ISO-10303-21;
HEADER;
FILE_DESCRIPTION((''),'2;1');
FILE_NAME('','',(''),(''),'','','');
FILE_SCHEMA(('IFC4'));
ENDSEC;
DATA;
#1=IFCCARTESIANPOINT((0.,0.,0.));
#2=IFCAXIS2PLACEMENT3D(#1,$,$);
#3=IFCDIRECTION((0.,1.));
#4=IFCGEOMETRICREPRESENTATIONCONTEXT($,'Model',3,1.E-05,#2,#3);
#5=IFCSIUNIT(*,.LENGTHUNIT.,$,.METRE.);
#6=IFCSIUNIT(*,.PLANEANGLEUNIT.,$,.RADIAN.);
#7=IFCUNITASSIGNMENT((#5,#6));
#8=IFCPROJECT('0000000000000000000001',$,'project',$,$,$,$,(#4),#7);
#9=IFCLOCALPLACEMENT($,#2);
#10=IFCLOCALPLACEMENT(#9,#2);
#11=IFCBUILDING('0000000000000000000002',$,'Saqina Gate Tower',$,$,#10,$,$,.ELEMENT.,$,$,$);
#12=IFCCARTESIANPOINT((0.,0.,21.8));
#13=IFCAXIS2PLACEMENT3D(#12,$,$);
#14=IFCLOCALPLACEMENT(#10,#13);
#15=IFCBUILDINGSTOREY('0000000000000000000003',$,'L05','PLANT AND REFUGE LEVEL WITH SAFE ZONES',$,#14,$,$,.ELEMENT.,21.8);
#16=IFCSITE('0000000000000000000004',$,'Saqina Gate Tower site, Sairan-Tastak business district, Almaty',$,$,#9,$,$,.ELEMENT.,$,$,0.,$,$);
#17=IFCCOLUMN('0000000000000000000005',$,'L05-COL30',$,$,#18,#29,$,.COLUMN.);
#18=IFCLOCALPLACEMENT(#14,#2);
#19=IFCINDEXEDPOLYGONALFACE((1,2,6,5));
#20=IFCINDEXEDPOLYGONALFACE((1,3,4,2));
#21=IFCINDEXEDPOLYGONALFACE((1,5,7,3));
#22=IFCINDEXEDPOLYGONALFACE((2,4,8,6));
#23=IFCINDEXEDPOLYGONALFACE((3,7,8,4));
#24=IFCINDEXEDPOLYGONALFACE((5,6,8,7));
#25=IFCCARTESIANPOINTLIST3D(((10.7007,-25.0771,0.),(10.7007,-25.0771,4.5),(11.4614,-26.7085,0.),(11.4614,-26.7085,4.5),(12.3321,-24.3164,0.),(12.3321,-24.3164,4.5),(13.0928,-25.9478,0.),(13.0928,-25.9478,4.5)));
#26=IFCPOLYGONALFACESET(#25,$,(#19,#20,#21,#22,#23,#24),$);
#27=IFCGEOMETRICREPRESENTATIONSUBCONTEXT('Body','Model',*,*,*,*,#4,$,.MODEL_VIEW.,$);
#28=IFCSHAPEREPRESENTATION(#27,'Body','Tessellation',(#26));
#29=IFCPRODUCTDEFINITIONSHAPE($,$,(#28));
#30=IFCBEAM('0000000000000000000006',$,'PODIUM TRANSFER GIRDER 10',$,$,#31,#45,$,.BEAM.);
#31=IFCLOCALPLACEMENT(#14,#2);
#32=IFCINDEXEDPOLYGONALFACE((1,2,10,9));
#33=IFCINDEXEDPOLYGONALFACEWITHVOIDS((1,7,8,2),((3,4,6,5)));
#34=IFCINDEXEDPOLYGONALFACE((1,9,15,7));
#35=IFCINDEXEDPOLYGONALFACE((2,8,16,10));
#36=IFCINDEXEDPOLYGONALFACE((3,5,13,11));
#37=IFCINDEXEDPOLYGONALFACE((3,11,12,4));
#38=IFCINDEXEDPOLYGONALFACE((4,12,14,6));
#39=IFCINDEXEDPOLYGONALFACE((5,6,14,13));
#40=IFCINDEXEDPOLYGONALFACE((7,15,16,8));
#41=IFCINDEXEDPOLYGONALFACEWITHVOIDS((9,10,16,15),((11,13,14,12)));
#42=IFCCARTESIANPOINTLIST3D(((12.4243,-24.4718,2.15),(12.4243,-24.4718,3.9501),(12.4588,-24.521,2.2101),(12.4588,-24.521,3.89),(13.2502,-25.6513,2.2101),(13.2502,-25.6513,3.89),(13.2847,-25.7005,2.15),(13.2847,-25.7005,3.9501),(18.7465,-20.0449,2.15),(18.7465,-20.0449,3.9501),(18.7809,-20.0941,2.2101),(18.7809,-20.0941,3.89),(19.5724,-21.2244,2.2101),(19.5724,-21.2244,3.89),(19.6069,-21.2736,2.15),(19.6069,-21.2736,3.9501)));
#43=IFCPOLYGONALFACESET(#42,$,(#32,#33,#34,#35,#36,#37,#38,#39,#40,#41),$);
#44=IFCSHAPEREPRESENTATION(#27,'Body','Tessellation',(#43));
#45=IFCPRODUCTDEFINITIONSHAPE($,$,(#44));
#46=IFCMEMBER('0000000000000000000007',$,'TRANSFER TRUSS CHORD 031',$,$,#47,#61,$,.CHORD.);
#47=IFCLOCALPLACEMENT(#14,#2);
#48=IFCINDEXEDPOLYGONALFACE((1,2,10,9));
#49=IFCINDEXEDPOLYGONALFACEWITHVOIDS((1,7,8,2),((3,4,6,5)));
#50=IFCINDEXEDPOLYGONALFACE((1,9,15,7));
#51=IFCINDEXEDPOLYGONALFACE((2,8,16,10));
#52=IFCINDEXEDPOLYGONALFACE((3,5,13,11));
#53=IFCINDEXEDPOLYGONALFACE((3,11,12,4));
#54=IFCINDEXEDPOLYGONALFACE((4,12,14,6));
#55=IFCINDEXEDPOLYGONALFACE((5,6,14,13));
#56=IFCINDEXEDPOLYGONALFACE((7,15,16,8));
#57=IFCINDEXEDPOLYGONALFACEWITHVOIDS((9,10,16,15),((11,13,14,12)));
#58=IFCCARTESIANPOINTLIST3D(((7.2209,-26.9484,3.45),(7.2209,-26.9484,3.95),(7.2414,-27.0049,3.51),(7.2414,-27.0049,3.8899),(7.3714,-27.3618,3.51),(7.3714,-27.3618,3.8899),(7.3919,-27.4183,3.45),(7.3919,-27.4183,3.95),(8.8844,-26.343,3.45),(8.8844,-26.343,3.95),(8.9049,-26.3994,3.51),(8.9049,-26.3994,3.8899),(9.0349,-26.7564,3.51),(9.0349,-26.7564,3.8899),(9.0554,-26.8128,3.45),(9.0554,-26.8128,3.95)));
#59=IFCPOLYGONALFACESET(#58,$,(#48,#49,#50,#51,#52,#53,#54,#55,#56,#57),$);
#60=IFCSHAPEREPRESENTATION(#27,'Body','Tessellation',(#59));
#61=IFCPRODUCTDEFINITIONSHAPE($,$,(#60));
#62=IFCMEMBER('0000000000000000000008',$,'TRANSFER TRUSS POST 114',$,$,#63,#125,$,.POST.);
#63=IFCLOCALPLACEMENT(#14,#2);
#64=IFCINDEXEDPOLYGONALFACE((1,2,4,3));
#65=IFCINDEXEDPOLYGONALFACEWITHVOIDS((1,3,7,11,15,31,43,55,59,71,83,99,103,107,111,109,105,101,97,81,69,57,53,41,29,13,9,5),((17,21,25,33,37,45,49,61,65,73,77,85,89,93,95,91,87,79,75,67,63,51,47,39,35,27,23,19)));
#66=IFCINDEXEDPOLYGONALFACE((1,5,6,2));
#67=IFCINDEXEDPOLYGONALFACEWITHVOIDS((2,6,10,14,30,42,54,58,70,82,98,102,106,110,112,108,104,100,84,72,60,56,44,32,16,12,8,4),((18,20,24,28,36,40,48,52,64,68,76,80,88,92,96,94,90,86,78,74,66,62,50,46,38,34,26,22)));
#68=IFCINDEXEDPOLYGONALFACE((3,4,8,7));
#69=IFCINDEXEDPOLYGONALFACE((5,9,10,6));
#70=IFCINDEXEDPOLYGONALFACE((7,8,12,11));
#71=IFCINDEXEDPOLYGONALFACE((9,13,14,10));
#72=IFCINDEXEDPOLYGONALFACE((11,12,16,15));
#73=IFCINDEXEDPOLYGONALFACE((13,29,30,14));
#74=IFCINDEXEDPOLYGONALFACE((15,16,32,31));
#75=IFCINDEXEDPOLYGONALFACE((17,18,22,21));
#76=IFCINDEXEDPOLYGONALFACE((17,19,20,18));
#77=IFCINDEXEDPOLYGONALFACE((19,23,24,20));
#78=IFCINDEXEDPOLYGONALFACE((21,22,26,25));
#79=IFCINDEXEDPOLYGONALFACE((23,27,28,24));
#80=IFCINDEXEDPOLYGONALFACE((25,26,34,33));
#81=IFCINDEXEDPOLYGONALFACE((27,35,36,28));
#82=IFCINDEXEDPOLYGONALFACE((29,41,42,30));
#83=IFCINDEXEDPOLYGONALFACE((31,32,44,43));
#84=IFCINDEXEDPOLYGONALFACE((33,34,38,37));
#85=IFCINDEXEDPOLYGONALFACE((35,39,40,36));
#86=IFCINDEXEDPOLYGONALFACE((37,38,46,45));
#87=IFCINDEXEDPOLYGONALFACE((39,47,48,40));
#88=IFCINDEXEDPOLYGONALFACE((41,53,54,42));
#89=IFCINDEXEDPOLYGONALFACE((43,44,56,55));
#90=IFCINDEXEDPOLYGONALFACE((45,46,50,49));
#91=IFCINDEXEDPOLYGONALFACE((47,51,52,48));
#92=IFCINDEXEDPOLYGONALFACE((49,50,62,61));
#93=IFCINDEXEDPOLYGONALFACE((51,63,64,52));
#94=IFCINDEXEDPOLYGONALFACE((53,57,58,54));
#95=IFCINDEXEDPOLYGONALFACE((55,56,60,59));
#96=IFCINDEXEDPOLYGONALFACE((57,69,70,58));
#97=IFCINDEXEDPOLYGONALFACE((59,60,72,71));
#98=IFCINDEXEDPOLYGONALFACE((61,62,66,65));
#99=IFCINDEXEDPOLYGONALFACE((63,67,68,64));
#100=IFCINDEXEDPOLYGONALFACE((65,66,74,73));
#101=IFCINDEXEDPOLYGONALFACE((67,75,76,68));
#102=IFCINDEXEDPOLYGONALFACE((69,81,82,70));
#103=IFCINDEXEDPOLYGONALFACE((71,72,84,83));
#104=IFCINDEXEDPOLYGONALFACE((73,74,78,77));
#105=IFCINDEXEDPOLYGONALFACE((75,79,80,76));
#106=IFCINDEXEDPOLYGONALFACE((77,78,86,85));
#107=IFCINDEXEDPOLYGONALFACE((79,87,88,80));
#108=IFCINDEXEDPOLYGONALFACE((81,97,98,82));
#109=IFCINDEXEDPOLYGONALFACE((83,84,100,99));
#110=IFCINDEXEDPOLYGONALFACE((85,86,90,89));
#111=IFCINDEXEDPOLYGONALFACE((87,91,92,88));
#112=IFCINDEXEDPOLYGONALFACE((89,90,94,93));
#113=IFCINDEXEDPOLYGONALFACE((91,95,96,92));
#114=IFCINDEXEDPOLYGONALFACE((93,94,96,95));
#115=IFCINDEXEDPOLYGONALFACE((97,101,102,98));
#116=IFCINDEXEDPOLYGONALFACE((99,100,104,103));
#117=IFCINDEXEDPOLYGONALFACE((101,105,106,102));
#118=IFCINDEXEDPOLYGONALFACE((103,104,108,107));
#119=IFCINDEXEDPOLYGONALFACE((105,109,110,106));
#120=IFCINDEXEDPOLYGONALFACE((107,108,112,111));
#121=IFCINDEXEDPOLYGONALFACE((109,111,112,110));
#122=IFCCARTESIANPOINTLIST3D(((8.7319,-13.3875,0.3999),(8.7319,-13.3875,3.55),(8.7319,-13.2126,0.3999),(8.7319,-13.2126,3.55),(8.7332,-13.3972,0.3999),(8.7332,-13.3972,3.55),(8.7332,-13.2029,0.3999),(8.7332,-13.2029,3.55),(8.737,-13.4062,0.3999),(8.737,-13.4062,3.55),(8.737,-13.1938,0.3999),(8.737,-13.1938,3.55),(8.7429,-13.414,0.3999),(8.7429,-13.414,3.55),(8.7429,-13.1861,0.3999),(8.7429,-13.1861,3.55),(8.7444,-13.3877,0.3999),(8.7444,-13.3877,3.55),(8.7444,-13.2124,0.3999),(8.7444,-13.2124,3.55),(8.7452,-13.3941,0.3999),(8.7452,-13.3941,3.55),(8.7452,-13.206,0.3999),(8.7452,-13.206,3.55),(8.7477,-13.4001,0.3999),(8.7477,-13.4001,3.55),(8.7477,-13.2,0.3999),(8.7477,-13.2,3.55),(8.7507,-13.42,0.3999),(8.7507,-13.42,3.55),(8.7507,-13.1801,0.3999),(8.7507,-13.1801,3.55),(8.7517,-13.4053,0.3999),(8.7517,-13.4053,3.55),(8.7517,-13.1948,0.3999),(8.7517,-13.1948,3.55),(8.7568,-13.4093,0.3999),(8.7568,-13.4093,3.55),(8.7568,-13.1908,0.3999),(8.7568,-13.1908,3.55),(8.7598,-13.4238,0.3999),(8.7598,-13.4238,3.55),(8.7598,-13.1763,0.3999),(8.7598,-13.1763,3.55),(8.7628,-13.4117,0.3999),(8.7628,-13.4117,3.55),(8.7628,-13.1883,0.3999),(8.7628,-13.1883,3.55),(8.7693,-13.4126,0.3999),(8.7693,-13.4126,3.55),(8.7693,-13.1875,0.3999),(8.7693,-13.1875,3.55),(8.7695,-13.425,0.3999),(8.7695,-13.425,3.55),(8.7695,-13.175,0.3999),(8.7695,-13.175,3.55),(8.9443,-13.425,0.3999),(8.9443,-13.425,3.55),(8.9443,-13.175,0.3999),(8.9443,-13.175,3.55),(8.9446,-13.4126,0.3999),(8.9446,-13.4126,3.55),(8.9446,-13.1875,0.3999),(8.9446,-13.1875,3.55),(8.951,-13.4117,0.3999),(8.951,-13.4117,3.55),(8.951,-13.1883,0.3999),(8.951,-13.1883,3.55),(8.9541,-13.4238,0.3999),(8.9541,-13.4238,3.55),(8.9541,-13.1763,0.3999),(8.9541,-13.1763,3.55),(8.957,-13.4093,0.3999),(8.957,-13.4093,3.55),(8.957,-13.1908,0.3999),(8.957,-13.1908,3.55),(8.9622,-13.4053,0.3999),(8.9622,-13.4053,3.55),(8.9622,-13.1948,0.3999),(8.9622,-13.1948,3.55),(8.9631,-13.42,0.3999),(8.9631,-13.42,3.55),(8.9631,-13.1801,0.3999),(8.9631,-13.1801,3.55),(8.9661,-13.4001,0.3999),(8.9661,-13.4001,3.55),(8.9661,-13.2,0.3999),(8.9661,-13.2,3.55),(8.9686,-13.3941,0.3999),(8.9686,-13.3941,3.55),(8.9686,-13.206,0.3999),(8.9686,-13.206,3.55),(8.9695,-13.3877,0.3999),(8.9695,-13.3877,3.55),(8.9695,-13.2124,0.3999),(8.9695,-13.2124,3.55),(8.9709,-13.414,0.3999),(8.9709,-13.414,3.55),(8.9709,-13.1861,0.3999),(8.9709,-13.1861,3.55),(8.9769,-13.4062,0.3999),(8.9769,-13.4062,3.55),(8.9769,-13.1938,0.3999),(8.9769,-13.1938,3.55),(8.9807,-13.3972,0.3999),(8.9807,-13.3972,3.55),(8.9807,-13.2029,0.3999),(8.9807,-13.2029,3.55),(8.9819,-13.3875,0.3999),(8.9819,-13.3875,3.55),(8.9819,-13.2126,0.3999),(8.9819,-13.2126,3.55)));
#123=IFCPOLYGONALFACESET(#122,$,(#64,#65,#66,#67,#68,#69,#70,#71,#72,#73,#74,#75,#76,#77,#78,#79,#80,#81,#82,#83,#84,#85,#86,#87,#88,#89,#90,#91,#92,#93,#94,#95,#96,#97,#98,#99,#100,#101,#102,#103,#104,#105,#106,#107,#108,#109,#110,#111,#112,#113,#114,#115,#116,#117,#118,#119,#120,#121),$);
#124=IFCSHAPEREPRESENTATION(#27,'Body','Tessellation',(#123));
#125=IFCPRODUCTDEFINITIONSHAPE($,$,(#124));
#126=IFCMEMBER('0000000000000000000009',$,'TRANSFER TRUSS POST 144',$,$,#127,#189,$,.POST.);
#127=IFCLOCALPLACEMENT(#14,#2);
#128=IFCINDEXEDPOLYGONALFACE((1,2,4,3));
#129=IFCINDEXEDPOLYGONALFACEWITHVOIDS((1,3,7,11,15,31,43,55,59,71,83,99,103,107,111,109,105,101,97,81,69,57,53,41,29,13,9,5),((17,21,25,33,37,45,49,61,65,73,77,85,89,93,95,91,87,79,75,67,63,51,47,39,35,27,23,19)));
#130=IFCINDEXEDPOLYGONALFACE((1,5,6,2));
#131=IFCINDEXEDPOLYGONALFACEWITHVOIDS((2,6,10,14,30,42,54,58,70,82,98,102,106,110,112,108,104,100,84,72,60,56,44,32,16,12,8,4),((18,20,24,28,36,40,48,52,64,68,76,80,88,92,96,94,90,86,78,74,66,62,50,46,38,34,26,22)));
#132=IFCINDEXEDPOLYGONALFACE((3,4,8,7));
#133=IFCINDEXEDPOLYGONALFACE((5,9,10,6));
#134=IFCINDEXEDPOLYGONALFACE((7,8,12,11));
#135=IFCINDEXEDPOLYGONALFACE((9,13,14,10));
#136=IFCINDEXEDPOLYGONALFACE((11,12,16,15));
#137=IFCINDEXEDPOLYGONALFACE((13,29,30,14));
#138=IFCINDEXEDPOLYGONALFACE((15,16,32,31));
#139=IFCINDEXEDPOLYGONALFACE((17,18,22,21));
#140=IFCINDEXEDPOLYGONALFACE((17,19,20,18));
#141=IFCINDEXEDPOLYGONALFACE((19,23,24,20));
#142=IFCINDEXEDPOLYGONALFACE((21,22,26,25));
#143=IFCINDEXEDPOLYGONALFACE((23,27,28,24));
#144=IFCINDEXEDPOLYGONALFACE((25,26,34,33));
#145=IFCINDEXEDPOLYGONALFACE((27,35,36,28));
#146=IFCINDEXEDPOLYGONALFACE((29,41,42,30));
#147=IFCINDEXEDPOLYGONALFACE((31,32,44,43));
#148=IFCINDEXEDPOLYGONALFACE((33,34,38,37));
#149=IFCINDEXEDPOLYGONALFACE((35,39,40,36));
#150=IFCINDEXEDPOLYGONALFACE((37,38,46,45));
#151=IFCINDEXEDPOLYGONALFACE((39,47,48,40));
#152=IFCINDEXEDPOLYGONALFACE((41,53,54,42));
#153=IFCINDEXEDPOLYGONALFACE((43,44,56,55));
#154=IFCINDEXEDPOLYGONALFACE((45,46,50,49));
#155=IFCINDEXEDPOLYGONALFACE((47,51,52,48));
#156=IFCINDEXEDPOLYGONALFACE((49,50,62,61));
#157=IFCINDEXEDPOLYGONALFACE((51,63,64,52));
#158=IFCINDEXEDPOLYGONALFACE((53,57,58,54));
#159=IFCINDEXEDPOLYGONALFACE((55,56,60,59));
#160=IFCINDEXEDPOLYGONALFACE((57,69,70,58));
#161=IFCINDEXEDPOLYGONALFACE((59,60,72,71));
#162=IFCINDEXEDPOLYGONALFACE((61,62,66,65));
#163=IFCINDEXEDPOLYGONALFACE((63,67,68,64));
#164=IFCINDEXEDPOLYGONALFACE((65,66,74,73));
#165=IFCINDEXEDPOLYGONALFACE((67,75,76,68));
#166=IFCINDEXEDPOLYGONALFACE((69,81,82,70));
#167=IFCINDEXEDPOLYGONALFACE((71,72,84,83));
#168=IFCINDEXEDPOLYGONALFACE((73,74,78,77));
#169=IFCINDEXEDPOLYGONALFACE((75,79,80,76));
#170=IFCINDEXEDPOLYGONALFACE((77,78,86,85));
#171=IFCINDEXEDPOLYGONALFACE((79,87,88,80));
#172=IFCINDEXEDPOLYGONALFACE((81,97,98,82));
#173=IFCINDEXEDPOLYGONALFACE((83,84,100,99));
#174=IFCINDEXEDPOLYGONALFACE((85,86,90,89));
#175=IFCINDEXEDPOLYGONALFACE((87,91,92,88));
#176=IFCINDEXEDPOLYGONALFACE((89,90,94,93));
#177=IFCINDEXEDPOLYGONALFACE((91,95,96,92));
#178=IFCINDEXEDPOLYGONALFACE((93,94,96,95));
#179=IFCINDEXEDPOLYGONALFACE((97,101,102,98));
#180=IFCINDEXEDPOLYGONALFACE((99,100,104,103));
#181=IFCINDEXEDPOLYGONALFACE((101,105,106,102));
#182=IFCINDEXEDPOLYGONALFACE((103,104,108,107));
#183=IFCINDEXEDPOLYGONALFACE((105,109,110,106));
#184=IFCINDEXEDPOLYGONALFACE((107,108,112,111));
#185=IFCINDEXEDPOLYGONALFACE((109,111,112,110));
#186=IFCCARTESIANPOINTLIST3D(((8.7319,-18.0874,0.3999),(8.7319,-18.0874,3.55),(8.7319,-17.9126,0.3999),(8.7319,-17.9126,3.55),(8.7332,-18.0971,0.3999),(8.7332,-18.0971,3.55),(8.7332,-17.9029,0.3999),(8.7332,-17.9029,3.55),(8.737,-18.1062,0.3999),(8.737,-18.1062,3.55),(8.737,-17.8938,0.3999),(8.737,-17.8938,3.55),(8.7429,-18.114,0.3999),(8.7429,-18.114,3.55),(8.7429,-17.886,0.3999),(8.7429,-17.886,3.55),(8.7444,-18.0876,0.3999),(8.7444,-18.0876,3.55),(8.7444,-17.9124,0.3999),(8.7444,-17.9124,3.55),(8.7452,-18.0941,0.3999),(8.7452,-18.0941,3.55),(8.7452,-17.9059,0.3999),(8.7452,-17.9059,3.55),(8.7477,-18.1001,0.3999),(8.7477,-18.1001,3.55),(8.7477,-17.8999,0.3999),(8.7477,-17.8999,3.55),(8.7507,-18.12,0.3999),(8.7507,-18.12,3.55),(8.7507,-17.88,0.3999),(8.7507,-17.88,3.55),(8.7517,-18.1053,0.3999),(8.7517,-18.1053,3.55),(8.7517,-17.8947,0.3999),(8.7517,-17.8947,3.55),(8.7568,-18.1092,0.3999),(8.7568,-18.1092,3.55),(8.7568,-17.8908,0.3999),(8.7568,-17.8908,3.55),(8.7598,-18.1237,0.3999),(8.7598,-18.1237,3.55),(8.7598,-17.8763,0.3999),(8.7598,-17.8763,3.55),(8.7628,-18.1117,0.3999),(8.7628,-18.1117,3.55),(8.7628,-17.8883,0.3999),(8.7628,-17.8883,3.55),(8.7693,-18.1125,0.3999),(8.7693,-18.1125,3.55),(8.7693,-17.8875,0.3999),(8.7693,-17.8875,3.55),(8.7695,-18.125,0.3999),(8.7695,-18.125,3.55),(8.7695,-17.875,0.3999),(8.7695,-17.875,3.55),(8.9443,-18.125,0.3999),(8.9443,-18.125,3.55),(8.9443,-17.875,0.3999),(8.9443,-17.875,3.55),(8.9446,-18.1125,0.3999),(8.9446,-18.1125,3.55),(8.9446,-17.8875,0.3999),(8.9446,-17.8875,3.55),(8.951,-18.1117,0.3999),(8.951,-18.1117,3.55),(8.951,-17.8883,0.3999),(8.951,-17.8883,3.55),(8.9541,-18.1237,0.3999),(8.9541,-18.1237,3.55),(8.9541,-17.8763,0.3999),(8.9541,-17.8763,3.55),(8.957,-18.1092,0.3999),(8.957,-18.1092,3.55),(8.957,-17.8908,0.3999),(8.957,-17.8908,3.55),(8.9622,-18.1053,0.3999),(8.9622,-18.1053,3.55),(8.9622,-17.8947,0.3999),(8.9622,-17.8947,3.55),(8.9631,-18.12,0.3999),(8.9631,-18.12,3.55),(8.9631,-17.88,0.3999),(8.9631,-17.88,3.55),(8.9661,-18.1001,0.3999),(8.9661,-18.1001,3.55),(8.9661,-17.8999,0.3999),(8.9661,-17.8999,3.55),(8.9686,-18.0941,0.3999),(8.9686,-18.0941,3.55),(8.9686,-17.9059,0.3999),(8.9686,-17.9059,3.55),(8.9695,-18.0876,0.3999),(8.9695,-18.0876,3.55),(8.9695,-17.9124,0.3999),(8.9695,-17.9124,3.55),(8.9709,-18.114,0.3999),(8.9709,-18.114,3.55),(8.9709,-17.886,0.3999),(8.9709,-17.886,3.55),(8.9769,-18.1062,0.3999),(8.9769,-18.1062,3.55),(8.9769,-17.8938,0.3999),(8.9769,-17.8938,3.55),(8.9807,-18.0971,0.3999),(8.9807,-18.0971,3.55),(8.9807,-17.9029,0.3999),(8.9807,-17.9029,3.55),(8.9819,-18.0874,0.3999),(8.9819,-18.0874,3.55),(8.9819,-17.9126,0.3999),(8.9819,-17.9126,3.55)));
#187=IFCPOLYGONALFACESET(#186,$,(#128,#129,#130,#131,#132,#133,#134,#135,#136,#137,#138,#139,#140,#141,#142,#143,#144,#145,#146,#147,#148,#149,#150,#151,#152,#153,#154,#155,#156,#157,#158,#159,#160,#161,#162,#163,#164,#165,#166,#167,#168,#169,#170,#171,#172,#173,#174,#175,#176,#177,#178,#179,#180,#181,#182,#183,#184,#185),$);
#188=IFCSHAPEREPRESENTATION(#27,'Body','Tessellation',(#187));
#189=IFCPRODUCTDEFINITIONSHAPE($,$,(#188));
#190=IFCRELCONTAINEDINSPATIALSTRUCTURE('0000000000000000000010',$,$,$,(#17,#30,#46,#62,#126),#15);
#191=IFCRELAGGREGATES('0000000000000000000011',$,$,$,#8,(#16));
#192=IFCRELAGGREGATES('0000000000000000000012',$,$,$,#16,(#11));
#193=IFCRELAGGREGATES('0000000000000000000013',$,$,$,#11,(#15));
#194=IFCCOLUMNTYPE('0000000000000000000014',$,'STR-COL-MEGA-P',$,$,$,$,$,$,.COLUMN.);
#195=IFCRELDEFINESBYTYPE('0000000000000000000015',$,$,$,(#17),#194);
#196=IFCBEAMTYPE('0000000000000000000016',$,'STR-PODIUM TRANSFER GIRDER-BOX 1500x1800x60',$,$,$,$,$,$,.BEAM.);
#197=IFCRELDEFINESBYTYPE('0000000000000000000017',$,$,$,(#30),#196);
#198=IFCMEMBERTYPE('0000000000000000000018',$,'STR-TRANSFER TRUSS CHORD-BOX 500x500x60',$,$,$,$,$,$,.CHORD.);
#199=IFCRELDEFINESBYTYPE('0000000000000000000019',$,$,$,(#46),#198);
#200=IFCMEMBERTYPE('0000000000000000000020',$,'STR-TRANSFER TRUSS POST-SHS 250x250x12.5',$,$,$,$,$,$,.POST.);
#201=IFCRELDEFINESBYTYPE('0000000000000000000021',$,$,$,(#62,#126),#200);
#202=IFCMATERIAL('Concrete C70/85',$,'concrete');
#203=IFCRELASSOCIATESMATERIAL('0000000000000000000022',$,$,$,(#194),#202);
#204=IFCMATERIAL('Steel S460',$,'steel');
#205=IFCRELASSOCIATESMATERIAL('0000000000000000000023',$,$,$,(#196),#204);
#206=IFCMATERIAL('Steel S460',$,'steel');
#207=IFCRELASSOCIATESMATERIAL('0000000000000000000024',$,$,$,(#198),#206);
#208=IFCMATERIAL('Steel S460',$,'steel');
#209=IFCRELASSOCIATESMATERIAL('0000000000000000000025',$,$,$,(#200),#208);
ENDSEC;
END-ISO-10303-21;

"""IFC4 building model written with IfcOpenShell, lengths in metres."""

from ifc_helpers import new_model, si_unit, direction, frame, origin, origin_2d, place, context, subcontext, project, spatial, rectangle, hollow_rectangle, extrude, material, material_profile, profile_set, type_object, element, save


model = new_model("IFC4")

# Units and contexts
model_context = context("Model", 3, precision=1e-05, world=origin(), true_north=direction((0.0, 1.0)))
body_context = subcontext(model_context, "Body", "Model", "MODEL_VIEW")
ifc_project = project(units=[si_unit("LENGTHUNIT", "METRE"), si_unit("PLANEANGLEUNIT", "RADIAN")], contexts=[model_context])

# Site, building, storey
site_placement = place(None, origin())
site = spatial("IfcSite", under=ifc_project, at=site_placement, Name="Saqina Gate Tower site, Sairan-Tastak business district, Almaty", CompositionType="ELEMENT", RefElevation=0.0)
building_placement = place(site_placement, origin())
building = spatial("IfcBuilding", under=site, at=building_placement, Name="Saqina Gate Tower", CompositionType="ELEMENT")
storey_placement = place(building_placement, frame((0.0, 0.0, 21.8)))
storey = spatial("IfcBuildingStorey", under=building, at=storey_placement, Name="L05", Description="PLANT AND REFUGE LEVEL WITH SAFE ZONES", CompositionType="ELEMENT", Elevation=21.8)

# Column
ifc_material_1 = material(Name="Concrete C70/85", Category="concrete")
ifc_material_profile_1 = material_profile(ifc_material_1, rectangle(XDim=1.8, YDim=1.8, at=origin_2d()), Name="RC 1800x1800")
ifc_profile_set_1 = profile_set([ifc_material_profile_1], Name="Concrete C70/85")
column_type = type_object("IfcColumnType", Name="STR-COL-MEGA-P", PredefinedType="COLUMN", material=ifc_profile_set_1)
column_placement = place(storey_placement, frame((11.8967, -25.5125, 0.0), z_axis=(0.0, 0.0, 1.0), x_axis=(0.422618, -0.906308, 0.0)))
element("IfcColumn", 1, at=column_placement, inside=storey, type_object=column_type, Name="L05-COL30", PredefinedType="COLUMN", context=body_context, shape_type="SweptSolid", body=[
    extrude(rectangle(XDim=1.8, YDim=1.8, at=origin_2d()), origin(), (0.0, 0.0, 1.0), 4.5),
])

# Beam
ifc_material_2 = material(Name="Steel S460", Category="steel")
ifc_material_profile_2 = material_profile(ifc_material_2, hollow_rectangle(XDim=1.5, YDim=1.8, WallThickness=0.0601, at=origin_2d()), Name="BOX 1500x1800x60")
ifc_profile_set_2 = profile_set([ifc_material_profile_2], Name="Steel S460")
beam_type = type_object("IfcBeamType", Name="STR-PODIUM TRANSFER GIRDER-BOX 1500x1800x60", PredefinedType="BEAM", material=ifc_profile_set_2)
beam_placement = place(storey_placement, frame((12.8545, -25.0862, 3.05), z_axis=(0.819146, 0.573585, 0.0), x_axis=(-0.573585, 0.819146, 0.0)))
element("IfcBeam", 2, at=beam_placement, inside=storey, type_object=beam_type, Name="PODIUM TRANSFER GIRDER 10", PredefinedType="BEAM", context=body_context, shape_type="SweptSolid", body=[
    extrude(hollow_rectangle(XDim=1.5, YDim=1.8, WallThickness=0.0601, at=origin_2d()), origin(), (0.0, 0.0, 1.0), 7.718),
])

# Members
ifc_material_3 = material(Name="Steel S460", Category="steel")
ifc_material_profile_3 = material_profile(ifc_material_3, hollow_rectangle(XDim=0.5, YDim=0.5, WallThickness=0.0601, at=origin_2d()), Name="BOX 500x500x60")
ifc_profile_set_3 = profile_set([ifc_material_profile_3], Name="Steel S460")
member_type_1 = type_object("IfcMemberType", Name="STR-TRANSFER TRUSS CHORD-BOX 500x500x60", PredefinedType="CHORD", material=ifc_profile_set_3)
member_1_placement = place(storey_placement, frame((7.3064, -27.1833, 3.7), z_axis=(0.939697, 0.342009, 0.0), x_axis=(-0.342009, 0.939697, 0.0)))
element("IfcMember", 3, at=member_1_placement, inside=storey, type_object=member_type_1, Name="TRANSFER TRUSS CHORD 031", PredefinedType="CHORD", context=body_context, shape_type="SweptSolid", body=[
    extrude(hollow_rectangle(XDim=0.5, YDim=0.5, WallThickness=0.0601, at=origin_2d()), origin(), (0.0, 0.0, 1.0), 1.7703),
])
ifc_material_4 = material(Name="Steel S460", Category="steel")
ifc_material_profile_4 = material_profile(ifc_material_4, hollow_rectangle(XDim=0.25, YDim=0.25, WallThickness=0.0125, InnerFilletRadius=0.0249, OuterFilletRadius=0.0376, at=origin_2d()), Name="SHS 250x250x12.5")
ifc_profile_set_4 = profile_set([ifc_material_profile_4], Name="Steel S460")
member_type_2 = type_object("IfcMemberType", Name="STR-TRANSFER TRUSS POST-SHS 250x250x12.5", PredefinedType="POST", material=ifc_profile_set_4)
for number, where, z_axis, x_axis, name in (
    (4, (8.8569, -13.3, 0.3999), (0.0, 0.0, 1.0), (1.0, 0.0, 0.0), "TRANSFER TRUSS POST 114"),
    (5, (8.8569, -18.0, 0.3999), (0.0, 0.0, 1.0), (1.0, 0.0, 0.0), "TRANSFER TRUSS POST 144"),
):
    element("IfcMember", number, at=place(storey_placement, frame(where, z_axis=z_axis, x_axis=x_axis)), inside=storey, type_object=member_type_2, Name=name, PredefinedType="POST", context=body_context, shape_type="SweptSolid", body=[
        extrude(hollow_rectangle(XDim=0.25, YDim=0.25, WallThickness=0.0125, InnerFilletRadius=0.0249, OuterFilletRadius=0.0376, at=origin_2d()), origin(), (0.0, 0.0, 1.0), 3.1501),
    ])

save(model, "model.ifc")
